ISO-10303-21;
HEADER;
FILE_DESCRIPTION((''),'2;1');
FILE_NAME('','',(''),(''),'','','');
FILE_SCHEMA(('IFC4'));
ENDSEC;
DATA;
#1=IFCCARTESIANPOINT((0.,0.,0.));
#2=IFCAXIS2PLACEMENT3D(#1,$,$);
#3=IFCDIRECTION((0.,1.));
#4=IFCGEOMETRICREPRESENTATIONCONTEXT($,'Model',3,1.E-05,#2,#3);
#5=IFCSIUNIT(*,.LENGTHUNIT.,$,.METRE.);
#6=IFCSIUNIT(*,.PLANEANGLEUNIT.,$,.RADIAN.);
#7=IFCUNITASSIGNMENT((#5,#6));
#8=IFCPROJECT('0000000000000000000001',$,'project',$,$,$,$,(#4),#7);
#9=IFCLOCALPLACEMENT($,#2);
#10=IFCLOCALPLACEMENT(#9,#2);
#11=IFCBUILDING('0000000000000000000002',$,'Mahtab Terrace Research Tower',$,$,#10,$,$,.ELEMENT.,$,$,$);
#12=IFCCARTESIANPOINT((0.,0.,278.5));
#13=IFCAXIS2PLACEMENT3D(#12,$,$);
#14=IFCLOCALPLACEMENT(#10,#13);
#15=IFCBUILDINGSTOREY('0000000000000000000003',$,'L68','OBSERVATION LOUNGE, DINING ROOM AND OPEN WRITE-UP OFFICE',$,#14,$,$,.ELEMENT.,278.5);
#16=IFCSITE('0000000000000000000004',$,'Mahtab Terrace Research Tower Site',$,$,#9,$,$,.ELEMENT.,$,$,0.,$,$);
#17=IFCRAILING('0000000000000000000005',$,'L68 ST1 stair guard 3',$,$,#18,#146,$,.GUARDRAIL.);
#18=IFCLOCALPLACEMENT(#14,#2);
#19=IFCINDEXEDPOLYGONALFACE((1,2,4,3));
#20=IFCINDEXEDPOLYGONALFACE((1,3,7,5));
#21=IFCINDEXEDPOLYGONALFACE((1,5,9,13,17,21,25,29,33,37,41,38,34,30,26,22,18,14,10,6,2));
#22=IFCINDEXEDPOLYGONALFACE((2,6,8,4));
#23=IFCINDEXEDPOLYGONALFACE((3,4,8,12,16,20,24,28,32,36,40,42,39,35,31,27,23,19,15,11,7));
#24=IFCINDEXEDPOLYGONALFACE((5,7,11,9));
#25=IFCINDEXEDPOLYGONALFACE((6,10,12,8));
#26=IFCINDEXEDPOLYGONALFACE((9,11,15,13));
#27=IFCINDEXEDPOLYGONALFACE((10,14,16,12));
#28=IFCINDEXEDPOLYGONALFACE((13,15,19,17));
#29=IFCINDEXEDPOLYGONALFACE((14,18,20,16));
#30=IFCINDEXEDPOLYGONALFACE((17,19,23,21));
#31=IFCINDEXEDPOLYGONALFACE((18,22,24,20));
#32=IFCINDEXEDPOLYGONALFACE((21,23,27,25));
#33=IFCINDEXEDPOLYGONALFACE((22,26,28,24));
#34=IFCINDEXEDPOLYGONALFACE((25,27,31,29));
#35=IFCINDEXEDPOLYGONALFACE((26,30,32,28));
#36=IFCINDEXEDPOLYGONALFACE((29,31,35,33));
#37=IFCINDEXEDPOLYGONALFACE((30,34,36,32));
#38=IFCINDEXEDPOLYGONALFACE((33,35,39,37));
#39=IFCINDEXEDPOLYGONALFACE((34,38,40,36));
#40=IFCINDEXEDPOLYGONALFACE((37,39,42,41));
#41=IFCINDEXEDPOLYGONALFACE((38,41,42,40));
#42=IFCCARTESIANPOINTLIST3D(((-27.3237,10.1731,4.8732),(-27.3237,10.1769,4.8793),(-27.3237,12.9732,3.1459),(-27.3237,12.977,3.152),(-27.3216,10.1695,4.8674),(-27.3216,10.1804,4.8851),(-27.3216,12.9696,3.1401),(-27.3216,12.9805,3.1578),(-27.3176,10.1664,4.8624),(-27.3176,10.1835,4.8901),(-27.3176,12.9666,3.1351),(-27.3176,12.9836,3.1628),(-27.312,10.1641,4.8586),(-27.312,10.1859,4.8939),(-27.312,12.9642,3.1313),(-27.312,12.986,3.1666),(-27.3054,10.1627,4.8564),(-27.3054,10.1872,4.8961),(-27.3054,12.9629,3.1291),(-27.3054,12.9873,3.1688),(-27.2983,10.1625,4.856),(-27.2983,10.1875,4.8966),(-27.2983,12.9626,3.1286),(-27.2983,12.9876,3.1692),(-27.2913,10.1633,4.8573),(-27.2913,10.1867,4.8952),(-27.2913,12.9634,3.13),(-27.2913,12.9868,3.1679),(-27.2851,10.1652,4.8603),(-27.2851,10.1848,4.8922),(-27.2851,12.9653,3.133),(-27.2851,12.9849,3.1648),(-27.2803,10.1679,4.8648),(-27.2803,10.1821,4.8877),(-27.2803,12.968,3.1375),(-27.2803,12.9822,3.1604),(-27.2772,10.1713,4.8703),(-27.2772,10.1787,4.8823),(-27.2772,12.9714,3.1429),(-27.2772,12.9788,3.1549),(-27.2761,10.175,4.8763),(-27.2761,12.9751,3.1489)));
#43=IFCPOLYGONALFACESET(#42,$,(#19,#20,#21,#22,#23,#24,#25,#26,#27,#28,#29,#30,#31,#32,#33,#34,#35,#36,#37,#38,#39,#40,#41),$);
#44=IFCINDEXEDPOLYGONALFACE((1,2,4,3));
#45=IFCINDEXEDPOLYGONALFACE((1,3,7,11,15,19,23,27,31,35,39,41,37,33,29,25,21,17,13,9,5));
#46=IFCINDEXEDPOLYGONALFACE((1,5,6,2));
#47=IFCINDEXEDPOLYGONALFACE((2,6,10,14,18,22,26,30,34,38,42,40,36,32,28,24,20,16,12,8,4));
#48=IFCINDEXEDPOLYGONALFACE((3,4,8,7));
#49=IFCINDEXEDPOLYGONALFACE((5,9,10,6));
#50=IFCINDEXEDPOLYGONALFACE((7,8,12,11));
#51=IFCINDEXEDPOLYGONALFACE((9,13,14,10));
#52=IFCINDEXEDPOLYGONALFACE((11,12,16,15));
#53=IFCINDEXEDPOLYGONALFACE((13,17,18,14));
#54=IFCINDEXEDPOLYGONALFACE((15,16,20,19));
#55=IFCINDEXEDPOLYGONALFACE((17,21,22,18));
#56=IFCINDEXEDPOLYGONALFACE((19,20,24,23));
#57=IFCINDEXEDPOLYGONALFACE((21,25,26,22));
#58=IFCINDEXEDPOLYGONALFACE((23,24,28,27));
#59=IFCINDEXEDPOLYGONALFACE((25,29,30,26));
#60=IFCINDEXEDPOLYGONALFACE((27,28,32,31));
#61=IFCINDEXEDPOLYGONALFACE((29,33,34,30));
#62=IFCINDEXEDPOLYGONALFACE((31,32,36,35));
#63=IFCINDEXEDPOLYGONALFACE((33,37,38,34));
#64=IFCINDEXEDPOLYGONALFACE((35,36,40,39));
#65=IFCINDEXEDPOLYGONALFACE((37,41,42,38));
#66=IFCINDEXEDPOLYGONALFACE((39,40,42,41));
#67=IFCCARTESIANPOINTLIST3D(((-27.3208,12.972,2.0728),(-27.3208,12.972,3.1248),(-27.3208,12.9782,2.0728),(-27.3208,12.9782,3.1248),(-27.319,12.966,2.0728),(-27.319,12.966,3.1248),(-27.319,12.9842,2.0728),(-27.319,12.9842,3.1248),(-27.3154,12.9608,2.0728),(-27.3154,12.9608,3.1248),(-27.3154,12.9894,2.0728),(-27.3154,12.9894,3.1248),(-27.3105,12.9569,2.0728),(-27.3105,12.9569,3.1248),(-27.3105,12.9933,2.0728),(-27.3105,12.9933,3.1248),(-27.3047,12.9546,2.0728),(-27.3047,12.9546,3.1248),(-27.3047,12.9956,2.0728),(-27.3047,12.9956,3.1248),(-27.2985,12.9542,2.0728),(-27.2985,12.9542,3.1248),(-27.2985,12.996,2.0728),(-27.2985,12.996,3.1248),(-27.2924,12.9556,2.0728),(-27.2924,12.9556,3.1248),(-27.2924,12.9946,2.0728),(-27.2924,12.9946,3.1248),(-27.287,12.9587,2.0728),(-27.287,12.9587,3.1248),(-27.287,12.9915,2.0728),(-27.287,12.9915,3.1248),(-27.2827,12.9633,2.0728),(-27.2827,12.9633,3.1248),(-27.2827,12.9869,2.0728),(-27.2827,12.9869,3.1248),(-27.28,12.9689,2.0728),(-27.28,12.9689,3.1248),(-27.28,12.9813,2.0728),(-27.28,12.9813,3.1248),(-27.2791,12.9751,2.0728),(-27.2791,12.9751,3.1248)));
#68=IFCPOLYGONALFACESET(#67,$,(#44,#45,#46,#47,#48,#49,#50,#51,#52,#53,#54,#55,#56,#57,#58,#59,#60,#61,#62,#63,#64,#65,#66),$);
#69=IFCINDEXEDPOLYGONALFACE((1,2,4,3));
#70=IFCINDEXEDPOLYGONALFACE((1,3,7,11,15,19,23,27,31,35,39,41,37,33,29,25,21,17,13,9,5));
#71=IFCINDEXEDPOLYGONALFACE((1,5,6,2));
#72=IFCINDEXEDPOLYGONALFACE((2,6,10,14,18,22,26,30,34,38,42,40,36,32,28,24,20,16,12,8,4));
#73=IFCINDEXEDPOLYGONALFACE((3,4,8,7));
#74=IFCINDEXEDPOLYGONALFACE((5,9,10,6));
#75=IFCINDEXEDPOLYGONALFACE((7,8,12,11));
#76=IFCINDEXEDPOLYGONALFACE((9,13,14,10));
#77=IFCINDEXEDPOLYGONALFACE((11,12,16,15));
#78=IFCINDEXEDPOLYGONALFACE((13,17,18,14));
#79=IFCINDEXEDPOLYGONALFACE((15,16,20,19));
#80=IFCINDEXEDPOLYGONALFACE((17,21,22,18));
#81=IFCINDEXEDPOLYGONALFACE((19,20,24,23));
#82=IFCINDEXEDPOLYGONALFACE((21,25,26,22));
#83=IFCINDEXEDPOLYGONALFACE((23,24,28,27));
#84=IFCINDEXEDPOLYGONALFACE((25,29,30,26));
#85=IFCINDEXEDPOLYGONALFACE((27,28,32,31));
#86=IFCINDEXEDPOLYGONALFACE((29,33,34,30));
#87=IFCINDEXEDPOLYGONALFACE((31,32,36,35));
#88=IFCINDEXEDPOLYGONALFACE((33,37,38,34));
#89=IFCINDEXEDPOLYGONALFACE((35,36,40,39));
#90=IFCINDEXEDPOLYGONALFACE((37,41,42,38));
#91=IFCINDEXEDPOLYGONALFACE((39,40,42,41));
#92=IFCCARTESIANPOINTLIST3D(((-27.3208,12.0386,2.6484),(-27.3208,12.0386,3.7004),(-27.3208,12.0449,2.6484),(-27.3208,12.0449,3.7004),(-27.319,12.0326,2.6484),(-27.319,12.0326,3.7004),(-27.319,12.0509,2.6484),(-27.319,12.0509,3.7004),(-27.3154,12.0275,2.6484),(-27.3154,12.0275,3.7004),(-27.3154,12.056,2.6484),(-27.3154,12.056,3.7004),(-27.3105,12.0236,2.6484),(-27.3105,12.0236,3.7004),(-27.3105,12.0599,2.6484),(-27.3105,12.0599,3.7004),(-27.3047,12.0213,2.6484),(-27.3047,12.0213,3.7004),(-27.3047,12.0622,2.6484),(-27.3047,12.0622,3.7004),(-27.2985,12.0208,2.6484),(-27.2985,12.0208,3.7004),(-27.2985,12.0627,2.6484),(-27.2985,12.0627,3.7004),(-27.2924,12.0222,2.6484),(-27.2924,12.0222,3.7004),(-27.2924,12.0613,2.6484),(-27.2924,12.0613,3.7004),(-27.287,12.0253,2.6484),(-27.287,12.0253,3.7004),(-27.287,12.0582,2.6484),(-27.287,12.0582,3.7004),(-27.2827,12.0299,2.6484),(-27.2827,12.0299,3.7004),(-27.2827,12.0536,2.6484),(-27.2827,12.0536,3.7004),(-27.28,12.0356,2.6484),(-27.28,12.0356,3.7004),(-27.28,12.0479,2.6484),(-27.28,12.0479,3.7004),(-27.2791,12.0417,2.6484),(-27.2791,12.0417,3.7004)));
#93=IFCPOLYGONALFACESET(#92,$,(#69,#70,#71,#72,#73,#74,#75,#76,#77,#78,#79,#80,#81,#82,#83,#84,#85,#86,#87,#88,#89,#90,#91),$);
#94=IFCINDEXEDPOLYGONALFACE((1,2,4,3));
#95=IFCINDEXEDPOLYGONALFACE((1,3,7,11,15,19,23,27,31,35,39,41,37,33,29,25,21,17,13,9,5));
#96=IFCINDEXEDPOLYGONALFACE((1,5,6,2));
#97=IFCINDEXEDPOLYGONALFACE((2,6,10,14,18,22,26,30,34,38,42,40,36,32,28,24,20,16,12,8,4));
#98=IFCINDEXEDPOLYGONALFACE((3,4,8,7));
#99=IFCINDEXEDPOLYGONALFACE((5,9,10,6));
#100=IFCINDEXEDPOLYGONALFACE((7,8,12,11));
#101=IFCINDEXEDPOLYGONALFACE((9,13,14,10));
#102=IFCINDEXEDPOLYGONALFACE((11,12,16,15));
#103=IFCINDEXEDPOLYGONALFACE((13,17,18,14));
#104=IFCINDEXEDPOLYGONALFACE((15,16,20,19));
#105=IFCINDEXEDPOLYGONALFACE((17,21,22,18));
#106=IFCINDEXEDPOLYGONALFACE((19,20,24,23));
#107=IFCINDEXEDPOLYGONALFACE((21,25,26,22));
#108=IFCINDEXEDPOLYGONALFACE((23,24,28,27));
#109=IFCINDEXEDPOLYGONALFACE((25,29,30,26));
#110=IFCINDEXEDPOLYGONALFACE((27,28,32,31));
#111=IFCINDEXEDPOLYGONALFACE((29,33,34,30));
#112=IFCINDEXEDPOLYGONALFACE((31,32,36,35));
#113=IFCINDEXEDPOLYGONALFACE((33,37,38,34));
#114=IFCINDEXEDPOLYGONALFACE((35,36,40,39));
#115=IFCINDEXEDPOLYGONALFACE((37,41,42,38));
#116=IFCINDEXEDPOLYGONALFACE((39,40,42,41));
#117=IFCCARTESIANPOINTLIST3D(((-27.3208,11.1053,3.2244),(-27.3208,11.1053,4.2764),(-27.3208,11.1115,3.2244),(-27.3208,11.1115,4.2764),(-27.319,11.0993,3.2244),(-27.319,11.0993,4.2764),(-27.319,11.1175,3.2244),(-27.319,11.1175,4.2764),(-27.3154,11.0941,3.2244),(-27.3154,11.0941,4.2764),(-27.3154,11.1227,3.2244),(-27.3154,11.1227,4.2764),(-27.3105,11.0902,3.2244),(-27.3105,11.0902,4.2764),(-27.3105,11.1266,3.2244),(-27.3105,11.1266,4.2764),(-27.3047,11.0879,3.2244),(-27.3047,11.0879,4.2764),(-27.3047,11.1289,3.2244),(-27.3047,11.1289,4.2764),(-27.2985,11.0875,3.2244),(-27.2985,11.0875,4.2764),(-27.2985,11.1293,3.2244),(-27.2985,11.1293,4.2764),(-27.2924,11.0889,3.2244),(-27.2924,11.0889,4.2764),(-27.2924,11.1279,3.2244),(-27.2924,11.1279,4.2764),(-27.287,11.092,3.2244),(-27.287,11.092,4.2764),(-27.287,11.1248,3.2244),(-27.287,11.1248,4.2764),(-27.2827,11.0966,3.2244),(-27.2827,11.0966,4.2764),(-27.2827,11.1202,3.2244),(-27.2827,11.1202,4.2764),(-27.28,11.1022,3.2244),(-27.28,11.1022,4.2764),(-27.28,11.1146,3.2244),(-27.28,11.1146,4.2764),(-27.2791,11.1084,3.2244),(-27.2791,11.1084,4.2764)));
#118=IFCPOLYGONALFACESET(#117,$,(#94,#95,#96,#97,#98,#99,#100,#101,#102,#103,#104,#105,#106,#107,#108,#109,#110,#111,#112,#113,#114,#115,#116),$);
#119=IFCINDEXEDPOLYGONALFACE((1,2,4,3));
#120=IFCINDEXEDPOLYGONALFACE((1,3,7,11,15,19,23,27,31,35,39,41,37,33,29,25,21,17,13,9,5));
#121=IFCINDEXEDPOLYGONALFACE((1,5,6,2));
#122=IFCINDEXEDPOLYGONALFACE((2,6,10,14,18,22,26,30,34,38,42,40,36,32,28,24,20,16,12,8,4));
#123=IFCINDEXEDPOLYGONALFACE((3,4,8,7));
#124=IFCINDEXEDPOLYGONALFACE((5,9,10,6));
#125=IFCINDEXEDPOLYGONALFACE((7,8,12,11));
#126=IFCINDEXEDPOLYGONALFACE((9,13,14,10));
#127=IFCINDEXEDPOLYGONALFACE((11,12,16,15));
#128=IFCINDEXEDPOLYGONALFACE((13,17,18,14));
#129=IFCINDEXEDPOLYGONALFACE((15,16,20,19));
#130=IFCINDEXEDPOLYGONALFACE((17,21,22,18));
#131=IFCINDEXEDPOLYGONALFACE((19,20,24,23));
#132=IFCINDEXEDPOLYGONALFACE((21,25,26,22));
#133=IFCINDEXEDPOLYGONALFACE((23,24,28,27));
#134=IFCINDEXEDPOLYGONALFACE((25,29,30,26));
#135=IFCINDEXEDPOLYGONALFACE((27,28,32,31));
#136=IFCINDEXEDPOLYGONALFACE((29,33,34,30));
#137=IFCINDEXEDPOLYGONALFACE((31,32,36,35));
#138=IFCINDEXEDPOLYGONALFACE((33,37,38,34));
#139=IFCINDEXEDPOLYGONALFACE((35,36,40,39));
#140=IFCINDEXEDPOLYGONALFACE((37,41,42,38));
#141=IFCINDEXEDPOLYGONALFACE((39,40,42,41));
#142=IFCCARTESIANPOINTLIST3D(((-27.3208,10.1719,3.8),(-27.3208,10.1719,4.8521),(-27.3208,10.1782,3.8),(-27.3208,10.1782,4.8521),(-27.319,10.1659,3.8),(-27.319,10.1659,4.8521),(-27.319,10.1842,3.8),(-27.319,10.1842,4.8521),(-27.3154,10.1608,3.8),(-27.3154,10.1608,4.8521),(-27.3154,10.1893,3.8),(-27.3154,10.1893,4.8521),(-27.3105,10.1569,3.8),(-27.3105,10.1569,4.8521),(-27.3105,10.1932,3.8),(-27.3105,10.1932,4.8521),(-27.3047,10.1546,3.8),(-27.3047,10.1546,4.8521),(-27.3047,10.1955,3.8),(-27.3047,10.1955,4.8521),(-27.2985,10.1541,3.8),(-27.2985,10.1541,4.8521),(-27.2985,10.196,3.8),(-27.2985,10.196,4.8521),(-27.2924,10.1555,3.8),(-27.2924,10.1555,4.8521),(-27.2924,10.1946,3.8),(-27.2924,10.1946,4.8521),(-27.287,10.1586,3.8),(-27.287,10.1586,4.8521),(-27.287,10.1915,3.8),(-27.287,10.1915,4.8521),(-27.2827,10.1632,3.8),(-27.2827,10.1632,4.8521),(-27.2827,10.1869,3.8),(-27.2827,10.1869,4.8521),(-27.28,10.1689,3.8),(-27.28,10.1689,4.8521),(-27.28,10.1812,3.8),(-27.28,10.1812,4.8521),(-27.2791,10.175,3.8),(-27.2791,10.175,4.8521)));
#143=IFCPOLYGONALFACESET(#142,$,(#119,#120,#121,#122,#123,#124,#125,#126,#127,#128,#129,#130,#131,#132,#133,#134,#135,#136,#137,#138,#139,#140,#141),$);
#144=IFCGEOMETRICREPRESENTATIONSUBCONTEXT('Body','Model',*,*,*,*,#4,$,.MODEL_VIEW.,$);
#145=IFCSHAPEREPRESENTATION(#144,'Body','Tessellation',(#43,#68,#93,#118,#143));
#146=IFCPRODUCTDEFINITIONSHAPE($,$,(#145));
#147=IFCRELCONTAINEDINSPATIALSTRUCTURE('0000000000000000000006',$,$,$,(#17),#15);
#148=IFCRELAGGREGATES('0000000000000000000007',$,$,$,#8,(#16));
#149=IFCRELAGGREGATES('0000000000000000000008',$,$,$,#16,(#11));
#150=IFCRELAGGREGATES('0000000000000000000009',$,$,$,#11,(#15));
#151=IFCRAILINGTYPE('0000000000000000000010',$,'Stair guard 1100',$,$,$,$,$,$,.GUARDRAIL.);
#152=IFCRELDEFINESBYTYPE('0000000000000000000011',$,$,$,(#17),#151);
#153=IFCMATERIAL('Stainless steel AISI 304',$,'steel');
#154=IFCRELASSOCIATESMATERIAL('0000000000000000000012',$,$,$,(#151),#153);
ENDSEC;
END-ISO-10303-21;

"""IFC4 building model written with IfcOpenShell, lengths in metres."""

from ifc_helpers import new_model, si_unit, direction, frame, origin, origin_2d, place, context, subcontext, project, spatial, circle, extrude, material, type_object, element, save


model = new_model("IFC4")

# Units and contexts
model_context = context("Model", 3, precision=1e-05, world=origin(), true_north=direction((0.0, 1.0)))
body_context = subcontext(model_context, "Body", "Model", "MODEL_VIEW")
ifc_project = project(units=[si_unit("LENGTHUNIT", "METRE"), si_unit("PLANEANGLEUNIT", "RADIAN")], contexts=[model_context])

# Site, building, storey
site_placement = place(None, origin())
site = spatial("IfcSite", under=ifc_project, at=site_placement, Name="Mahtab Terrace Research Tower Site", CompositionType="ELEMENT", RefElevation=0.0)
building_placement = place(site_placement, origin())
building = spatial("IfcBuilding", under=site, at=building_placement, Name="Mahtab Terrace Research Tower", CompositionType="ELEMENT")
storey_placement = place(building_placement, frame((0.0, 0.0, 278.5)))
storey = spatial("IfcBuildingStorey", under=building, at=storey_placement, Name="L68", Description="OBSERVATION LOUNGE, DINING ROOM AND OPEN WRITE-UP OFFICE", CompositionType="ELEMENT", Elevation=278.5)

# Railing
ifc_material_1 = material(Name="Stainless steel AISI 304", Category="steel")
railing_type_1 = type_object("IfcRailingType", Name="Stair guard 1100", PredefinedType="GUARDRAIL", material=ifc_material_1)
railing_1_placement = place(storey_placement, frame((-27.3, 12.9751, 2.0728)))
element("IfcRailing", 1, at=railing_1_placement, inside=storey, type_object=railing_type_1, Name="L68 ST1 stair guard 3", PredefinedType="GUARDRAIL", context=body_context, shape_type="SweptSolid", body=[
    extrude(circle(Radius=0.0239, at=origin_2d()), frame((0.0, 0.0, 1.0762), z_axis=(0.0, -0.85109, 0.52502), x_axis=(1.0, 0.0, 0.0)), (0.0, 0.0, 1.0), 3.29),
    extrude(circle(Radius=0.021, at=origin_2d()), origin(), (0.0, 0.0, 1.0), 1.052),
    extrude(circle(Radius=0.021, at=origin_2d()), frame((0.0, -0.9333, 0.5757)), (0.0, 0.0, 1.0), 1.052),
    extrude(circle(Radius=0.021, at=origin_2d()), frame((0.0, -1.8667, 1.1516)), (0.0, 0.0, 1.0), 1.052),
    extrude(circle(Radius=0.021, at=origin_2d()), frame((0.0, -2.8, 1.7273)), (0.0, 0.0, 1.0), 1.052),
])

save(model, "model.ifc")
